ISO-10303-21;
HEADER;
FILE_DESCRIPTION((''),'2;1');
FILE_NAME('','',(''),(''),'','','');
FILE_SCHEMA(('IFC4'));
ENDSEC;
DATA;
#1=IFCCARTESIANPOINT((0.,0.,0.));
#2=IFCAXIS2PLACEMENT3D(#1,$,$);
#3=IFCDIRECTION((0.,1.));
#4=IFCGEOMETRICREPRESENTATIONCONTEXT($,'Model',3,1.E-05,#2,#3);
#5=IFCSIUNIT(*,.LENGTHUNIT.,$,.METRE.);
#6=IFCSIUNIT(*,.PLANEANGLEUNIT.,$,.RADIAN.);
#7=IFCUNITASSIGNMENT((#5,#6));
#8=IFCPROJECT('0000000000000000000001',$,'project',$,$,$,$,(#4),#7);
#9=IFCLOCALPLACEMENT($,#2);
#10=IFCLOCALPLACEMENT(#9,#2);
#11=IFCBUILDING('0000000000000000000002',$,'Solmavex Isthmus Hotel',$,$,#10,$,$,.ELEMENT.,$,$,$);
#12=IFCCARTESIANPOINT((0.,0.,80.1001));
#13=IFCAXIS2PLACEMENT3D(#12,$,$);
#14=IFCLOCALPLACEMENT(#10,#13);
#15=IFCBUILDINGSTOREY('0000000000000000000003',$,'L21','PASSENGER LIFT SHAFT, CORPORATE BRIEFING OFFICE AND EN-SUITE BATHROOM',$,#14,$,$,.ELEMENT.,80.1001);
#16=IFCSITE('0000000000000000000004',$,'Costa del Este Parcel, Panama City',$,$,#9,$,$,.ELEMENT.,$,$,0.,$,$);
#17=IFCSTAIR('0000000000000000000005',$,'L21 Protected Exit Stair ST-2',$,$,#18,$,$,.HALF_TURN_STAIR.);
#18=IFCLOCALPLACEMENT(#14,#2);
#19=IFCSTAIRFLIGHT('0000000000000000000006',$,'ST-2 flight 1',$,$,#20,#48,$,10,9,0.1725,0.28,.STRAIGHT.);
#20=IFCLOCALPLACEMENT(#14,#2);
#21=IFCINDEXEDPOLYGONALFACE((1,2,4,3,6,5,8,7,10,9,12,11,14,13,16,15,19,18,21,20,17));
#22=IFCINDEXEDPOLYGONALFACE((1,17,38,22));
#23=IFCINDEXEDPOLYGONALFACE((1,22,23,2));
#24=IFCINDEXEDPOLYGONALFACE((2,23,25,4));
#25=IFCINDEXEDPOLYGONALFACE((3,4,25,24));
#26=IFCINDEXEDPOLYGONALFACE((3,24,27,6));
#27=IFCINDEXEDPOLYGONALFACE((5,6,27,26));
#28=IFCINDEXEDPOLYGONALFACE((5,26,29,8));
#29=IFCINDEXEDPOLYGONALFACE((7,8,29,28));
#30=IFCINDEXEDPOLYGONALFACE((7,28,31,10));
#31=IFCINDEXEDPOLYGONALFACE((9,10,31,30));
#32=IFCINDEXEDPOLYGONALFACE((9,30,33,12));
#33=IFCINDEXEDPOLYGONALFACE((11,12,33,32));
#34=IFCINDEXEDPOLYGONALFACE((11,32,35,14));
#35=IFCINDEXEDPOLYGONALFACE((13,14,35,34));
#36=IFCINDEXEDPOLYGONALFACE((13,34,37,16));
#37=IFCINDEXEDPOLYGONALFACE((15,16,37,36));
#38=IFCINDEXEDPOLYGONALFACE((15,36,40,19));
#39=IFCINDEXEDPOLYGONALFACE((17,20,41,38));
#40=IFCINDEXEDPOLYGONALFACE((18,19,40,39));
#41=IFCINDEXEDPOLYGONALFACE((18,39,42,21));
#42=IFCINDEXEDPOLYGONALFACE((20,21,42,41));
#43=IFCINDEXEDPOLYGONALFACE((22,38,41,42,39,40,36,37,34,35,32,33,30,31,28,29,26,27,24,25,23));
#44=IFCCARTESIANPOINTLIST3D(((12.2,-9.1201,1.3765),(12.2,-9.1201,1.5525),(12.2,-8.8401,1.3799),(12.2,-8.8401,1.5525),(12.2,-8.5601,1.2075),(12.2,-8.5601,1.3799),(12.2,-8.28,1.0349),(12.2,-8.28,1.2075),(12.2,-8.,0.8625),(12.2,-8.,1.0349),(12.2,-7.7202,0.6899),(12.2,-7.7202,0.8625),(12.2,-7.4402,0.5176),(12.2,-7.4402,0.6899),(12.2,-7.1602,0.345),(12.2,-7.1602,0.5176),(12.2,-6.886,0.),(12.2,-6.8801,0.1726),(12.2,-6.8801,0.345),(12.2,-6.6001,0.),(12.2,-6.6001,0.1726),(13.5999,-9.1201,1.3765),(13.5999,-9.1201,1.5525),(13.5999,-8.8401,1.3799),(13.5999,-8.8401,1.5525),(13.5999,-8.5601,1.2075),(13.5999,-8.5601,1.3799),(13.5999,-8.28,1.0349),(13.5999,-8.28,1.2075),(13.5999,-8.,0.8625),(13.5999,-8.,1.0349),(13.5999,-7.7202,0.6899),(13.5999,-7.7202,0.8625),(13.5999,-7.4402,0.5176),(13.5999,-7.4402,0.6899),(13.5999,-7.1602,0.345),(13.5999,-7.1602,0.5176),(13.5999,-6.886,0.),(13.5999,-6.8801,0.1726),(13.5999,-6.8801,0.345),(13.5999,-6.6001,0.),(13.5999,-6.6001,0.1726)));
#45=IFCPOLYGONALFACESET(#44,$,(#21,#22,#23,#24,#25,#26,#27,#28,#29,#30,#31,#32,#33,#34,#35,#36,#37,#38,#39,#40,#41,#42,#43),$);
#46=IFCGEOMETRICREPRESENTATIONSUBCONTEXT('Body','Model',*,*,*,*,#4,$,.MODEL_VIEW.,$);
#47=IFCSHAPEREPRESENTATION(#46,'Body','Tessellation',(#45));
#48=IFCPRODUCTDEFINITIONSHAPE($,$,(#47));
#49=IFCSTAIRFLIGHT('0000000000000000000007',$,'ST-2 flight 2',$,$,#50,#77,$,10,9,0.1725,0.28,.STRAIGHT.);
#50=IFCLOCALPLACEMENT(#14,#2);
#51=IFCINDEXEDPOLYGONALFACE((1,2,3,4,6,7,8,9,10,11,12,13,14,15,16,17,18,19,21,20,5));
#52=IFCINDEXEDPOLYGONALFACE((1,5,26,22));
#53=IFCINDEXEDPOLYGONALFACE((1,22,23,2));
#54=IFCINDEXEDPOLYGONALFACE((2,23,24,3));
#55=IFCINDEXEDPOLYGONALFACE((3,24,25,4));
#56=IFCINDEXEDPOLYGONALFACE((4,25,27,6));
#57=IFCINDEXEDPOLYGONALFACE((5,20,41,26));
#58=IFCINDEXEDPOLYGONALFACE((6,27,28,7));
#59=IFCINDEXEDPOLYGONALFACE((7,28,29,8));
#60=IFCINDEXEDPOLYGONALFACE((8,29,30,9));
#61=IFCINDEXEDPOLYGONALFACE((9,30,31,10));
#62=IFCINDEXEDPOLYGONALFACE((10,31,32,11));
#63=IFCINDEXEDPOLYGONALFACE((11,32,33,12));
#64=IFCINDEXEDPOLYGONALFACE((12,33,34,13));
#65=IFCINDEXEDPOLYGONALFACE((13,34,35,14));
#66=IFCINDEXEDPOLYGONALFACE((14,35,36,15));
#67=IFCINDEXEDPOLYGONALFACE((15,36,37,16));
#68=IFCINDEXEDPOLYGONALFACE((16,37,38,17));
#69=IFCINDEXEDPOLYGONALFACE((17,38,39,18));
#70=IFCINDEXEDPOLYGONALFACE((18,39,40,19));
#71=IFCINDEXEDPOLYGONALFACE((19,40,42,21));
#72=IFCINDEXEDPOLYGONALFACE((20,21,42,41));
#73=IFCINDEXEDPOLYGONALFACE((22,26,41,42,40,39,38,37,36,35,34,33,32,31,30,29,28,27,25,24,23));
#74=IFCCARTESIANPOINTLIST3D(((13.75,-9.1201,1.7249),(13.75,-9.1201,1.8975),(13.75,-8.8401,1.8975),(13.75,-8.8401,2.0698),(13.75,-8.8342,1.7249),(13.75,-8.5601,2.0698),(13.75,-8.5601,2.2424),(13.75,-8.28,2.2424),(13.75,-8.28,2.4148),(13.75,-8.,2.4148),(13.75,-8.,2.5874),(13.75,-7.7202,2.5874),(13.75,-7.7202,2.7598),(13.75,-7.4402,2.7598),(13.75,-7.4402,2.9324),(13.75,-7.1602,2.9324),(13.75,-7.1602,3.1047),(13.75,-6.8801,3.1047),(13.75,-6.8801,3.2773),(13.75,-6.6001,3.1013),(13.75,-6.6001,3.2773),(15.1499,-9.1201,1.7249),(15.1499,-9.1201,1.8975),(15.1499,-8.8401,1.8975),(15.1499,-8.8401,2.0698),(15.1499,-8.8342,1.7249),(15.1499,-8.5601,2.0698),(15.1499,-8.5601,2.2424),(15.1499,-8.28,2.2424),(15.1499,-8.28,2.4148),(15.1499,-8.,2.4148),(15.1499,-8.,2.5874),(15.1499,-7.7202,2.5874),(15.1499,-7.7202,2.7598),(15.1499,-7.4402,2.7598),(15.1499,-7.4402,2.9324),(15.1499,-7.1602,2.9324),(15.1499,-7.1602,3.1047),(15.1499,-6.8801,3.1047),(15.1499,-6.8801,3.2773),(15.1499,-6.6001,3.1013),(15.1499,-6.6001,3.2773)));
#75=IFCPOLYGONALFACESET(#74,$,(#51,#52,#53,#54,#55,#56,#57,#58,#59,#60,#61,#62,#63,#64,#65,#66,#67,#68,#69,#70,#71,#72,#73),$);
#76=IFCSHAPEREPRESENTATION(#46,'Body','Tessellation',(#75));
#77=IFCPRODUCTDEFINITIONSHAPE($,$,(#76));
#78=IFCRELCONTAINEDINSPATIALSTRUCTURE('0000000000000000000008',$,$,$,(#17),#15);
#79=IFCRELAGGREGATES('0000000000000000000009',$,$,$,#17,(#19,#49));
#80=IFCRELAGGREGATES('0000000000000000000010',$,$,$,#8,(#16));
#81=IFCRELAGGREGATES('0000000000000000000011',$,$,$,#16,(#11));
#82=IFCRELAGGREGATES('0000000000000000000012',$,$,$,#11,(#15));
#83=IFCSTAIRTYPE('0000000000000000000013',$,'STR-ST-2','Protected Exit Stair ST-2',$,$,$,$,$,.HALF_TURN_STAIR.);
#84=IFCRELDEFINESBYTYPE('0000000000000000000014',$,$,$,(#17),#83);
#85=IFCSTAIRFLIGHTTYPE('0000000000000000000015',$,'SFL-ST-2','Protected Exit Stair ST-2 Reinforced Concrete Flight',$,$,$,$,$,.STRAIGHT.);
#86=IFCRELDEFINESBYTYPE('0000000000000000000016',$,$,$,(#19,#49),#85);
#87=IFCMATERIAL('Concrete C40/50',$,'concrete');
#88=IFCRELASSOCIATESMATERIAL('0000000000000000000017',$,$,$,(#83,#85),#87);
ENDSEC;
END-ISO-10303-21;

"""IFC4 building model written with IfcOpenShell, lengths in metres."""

from ifc_helpers import new_model, si_unit, direction, frame, origin, place, context, subcontext, project, spatial, polyline, outline, extrude, material, type_object, element, aggregate, save


model = new_model("IFC4")

# Units and contexts
model_context = context("Model", 3, precision=1e-05, world=origin(), true_north=direction((0.0, 1.0)))
body_context = subcontext(model_context, "Body", "Model", "MODEL_VIEW")
ifc_project = project(units=[si_unit("LENGTHUNIT", "METRE"), si_unit("PLANEANGLEUNIT", "RADIAN")], contexts=[model_context])

# Site, building, storey
site_placement = place(None, origin())
site = spatial("IfcSite", under=ifc_project, at=site_placement, Name="Costa del Este Parcel, Panama City", CompositionType="ELEMENT", RefElevation=0.0)
building_placement = place(site_placement, origin())
building = spatial("IfcBuilding", under=site, at=building_placement, Name="Solmavex Isthmus Hotel", CompositionType="ELEMENT")
storey_placement = place(building_placement, frame((0.0, 0.0, 80.1001)))
storey = spatial("IfcBuildingStorey", under=building, at=storey_placement, Name="L21", Description="PASSENGER LIFT SHAFT, CORPORATE BRIEFING OFFICE AND EN-SUITE BATHROOM", CompositionType="ELEMENT", Elevation=80.1001)

# Shared definitions
ifc_material_1 = material(Name="Concrete C40/50", Category="concrete")

# Stair, stair flights
stair_type = type_object("IfcStairType", Name="STR-ST-2", Description="Protected Exit Stair ST-2", PredefinedType="HALF_TURN_STAIR", material=ifc_material_1)
stair_placement = place(storey_placement, origin())
stair = element("IfcStair", 1, at=stair_placement, inside=storey, type_object=stair_type, Name="L21 Protected Exit Stair ST-2", PredefinedType="HALF_TURN_STAIR")
stair_flight_type = type_object("IfcStairFlightType", Name="SFL-ST-2", Description="Protected Exit Stair ST-2 Reinforced Concrete Flight", PredefinedType="STRAIGHT", material=ifc_material_1)
stair_flight_1_placement = place(storey_placement, frame((12.8999, -6.6001, 0.0), z_axis=(0.0, 0.0, 1.0), x_axis=(0.0, -1.0, 0.0)))
stair_flight_1 = element("IfcStairFlight", 2, at=stair_flight_1_placement, type_object=stair_flight_type, Name="ST-2 flight 1", NumberOfRisers=10, NumberOfTreads=9, PredefinedType="STRAIGHT", RiserHeight=0.1725, TreadLength=0.28, context=body_context, shape_type="SweptSolid", body=[
    extrude(outline(polyline([(0.0, 0.0), (0.0, 0.1726), (0.28, 0.1726), (0.28, 0.345), (0.5601, 0.345), (0.5601, 0.5176), (0.8401, 0.5176), (0.8401, 0.6899), (1.1201, 0.6899), (1.1201, 0.8625), (1.3999, 0.8625), (1.3999, 1.0349), (1.6799, 1.0349), (1.6799, 1.2075), (1.96, 1.2075), (1.96, 1.3799), (2.24, 1.3799), (2.24, 1.5525), (2.52, 1.5525), (2.52, 1.7251), (2.52, 1.3765), (0.2859, 0.0), (0.0, 0.0)])), frame((0.0, 0.7, 0.0), z_axis=(0.0, -1.0, 0.0), x_axis=(1.0, 0.0, 0.0)), (0.0, 0.0, 1.0), 1.3999),
])
stair_flight_2_placement = place(storey_placement, frame((14.45, -9.1201, 1.7249), z_axis=(0.0, 0.0, 1.0), x_axis=(0.0, 1.0, 0.0)))
stair_flight_2 = element("IfcStairFlight", 3, at=stair_flight_2_placement, type_object=stair_flight_type, Name="ST-2 flight 2", NumberOfRisers=10, NumberOfTreads=9, PredefinedType="STRAIGHT", RiserHeight=0.1725, TreadLength=0.28, context=body_context, shape_type="SweptSolid", body=[
    extrude(outline(polyline([(0.0, 0.0), (0.0, 0.1726), (0.28, 0.1726), (0.28, 0.345), (0.5601, 0.345), (0.5601, 0.5176), (0.8401, 0.5176), (0.8401, 0.6899), (1.1201, 0.6899), (1.1201, 0.8625), (1.3999, 0.8625), (1.3999, 1.0349), (1.6799, 1.0349), (1.6799, 1.2075), (1.96, 1.2075), (1.96, 1.3799), (2.24, 1.3799), (2.24, 1.5525), (2.52, 1.5525), (2.52, 1.7251), (2.52, 1.3765), (0.2859, 0.0), (0.0, 0.0)])), frame((0.0, 0.7, 0.0), z_axis=(0.0, -1.0, 0.0), x_axis=(1.0, 0.0, 0.0)), (0.0, 0.0, 1.0), 1.3999),
])
aggregate(stair, [stair_flight_1, stair_flight_2])

save(model, "model.ifc")
